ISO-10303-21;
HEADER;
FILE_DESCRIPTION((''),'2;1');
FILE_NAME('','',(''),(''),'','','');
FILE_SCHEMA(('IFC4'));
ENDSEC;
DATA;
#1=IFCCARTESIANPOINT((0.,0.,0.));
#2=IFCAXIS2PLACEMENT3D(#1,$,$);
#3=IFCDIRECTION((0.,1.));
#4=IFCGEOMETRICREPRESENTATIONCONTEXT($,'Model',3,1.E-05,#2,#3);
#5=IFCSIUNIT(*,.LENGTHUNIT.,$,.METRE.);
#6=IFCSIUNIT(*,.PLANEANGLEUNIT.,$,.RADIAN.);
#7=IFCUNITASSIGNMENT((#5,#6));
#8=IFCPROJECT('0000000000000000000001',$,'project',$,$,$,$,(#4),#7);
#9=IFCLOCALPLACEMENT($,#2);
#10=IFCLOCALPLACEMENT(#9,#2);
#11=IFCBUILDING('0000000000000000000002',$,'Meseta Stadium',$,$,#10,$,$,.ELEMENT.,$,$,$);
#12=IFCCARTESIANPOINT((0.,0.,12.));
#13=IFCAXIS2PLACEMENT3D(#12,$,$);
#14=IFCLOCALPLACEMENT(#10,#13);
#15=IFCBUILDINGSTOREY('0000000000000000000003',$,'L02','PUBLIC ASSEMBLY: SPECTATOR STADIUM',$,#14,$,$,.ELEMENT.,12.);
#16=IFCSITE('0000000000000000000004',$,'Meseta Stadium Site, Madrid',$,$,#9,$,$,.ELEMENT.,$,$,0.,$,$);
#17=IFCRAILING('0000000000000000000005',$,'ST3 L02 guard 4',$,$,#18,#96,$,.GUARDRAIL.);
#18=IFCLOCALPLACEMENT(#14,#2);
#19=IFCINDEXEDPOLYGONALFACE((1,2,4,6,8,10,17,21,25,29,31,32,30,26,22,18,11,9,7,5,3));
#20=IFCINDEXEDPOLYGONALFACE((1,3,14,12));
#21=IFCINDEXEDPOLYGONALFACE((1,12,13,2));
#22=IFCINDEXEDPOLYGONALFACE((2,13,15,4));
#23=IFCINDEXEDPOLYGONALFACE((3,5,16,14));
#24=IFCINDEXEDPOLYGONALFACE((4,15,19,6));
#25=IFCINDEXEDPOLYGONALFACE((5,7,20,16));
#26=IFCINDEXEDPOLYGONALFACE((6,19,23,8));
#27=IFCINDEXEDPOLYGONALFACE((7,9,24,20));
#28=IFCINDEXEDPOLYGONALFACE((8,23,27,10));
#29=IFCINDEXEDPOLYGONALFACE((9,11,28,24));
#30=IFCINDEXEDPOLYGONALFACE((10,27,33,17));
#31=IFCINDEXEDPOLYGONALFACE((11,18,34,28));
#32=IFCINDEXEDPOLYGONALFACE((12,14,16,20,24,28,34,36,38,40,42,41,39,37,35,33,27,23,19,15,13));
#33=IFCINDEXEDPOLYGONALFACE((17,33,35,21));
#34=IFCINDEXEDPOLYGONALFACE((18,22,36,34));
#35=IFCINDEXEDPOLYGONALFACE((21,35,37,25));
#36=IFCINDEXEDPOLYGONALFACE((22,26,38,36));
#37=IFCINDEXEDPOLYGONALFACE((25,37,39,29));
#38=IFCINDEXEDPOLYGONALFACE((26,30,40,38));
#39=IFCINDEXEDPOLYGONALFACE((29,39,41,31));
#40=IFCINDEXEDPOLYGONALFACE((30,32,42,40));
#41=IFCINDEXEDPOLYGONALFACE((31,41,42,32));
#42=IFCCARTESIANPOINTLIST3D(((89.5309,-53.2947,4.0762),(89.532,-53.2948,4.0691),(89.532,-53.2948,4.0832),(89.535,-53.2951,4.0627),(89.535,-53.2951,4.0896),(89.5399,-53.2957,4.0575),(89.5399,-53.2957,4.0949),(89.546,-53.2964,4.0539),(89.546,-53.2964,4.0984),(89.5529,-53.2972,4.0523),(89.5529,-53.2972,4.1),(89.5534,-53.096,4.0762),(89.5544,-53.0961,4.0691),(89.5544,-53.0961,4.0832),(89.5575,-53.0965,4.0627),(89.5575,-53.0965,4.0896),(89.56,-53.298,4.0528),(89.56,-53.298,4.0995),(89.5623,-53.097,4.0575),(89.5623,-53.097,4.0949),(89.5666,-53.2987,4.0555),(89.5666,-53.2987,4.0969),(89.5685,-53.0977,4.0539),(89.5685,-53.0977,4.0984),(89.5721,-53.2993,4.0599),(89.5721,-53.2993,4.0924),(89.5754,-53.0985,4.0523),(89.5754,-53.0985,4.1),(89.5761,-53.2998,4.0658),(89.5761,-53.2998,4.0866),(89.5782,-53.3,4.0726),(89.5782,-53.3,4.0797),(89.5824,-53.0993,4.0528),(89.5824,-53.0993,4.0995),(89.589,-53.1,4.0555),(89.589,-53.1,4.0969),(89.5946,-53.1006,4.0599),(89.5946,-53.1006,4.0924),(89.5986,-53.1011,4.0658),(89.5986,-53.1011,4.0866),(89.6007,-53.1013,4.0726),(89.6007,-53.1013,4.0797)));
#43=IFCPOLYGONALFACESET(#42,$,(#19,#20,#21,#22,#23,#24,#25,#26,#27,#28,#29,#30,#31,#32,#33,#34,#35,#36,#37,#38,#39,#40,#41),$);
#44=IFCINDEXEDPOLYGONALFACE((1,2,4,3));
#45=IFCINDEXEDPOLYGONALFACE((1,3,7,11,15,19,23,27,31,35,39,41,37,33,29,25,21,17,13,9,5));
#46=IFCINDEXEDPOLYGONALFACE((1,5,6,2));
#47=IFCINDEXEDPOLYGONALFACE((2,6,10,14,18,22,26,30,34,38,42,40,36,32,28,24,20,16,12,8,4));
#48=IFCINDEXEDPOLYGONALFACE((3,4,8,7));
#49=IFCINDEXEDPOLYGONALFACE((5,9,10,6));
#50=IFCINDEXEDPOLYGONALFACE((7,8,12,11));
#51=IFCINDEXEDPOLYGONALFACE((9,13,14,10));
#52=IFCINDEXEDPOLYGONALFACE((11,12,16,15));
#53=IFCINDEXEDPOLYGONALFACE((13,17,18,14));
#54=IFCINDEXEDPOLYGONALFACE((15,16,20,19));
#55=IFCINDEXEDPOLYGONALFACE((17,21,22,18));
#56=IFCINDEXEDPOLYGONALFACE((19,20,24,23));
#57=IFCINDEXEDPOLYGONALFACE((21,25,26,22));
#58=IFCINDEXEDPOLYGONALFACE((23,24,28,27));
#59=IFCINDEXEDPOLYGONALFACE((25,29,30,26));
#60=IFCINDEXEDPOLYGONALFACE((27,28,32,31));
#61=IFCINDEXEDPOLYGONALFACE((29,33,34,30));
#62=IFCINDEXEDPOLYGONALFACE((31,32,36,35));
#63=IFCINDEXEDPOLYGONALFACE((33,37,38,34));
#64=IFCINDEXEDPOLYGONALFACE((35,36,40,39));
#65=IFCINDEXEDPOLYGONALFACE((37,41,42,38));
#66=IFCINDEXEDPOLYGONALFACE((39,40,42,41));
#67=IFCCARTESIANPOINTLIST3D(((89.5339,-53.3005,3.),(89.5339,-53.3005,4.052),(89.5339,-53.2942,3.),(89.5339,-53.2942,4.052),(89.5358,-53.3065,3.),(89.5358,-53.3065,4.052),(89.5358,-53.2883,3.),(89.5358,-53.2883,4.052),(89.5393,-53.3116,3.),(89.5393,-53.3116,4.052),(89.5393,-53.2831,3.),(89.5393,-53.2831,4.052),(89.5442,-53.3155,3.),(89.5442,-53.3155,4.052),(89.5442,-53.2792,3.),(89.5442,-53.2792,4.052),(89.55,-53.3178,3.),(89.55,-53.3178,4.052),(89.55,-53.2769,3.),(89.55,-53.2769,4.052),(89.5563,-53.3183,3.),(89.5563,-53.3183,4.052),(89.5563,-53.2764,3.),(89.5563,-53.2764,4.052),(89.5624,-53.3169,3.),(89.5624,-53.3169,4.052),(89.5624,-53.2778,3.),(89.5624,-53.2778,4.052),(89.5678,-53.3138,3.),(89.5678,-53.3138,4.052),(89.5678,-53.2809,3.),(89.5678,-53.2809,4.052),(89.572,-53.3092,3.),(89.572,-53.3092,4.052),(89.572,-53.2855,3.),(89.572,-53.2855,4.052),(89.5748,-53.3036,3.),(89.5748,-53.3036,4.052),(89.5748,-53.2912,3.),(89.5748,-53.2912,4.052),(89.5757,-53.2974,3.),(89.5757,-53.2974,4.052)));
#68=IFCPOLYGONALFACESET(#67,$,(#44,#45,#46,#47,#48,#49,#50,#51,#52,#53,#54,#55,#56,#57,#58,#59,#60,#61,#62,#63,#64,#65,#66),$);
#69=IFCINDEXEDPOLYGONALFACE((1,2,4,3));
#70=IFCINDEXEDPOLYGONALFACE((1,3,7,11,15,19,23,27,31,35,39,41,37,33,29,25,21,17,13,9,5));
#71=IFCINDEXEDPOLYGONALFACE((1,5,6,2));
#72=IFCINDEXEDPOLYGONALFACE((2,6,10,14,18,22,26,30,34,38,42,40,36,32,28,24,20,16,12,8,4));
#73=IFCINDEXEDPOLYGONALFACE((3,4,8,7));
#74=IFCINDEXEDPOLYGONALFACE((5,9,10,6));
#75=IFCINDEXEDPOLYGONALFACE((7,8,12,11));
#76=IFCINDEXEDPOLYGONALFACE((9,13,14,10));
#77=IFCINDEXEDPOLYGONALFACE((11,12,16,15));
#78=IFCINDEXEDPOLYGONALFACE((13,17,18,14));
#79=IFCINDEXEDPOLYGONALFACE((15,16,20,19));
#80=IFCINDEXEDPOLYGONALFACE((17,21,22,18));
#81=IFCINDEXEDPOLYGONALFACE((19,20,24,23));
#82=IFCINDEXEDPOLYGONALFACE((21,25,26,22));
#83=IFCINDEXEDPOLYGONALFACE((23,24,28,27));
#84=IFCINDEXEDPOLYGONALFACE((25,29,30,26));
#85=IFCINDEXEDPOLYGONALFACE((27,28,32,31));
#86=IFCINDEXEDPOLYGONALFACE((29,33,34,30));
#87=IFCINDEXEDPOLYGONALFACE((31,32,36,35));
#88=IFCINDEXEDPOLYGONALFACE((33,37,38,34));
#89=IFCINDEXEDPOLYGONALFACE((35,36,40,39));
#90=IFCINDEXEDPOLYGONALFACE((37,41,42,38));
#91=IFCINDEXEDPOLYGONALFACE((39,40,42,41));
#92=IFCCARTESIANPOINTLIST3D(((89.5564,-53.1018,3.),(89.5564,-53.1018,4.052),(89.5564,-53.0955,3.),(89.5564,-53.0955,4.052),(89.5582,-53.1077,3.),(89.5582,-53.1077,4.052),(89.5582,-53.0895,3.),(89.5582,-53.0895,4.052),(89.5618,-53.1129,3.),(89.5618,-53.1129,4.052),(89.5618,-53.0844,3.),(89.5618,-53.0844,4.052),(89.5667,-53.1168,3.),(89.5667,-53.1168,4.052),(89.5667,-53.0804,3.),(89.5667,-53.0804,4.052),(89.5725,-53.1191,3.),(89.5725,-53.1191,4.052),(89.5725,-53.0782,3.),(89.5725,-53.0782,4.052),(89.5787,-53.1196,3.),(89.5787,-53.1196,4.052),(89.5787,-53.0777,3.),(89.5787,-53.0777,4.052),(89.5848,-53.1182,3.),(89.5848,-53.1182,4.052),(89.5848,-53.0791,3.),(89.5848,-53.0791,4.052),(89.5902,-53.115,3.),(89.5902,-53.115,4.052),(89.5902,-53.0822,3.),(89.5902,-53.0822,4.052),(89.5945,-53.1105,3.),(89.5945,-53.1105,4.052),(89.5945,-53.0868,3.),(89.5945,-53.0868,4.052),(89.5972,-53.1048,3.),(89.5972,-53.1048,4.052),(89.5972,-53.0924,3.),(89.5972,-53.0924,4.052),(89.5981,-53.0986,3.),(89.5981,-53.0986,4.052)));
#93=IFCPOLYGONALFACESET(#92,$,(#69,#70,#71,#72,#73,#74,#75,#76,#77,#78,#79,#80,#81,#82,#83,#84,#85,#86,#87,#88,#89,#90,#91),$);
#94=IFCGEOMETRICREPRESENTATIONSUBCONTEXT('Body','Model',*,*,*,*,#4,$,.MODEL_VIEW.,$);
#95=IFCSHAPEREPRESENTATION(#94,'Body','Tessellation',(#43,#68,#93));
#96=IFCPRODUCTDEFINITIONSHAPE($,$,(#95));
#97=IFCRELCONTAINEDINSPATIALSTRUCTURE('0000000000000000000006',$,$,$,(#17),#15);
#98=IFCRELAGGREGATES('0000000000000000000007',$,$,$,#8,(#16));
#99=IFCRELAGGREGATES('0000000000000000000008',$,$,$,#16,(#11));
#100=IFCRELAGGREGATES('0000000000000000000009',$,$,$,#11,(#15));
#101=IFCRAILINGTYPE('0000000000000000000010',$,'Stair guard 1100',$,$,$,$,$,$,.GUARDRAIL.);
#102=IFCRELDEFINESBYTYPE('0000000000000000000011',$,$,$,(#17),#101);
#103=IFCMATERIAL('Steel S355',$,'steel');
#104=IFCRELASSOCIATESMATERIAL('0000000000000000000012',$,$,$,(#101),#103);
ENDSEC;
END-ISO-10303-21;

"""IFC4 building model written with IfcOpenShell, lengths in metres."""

from ifc_helpers import new_model, si_unit, direction, frame, origin, origin_2d, place, context, subcontext, project, spatial, circle, extrude, material, type_object, element, save


model = new_model("IFC4")

# Units and contexts
model_context = context("Model", 3, precision=1e-05, world=origin(), true_north=direction((0.0, 1.0)))
body_context = subcontext(model_context, "Body", "Model", "MODEL_VIEW")
ifc_project = project(units=[si_unit("LENGTHUNIT", "METRE"), si_unit("PLANEANGLEUNIT", "RADIAN")], contexts=[model_context])

# Site, building, storey
site_placement = place(None, origin())
site = spatial("IfcSite", under=ifc_project, at=site_placement, Name="Meseta Stadium Site, Madrid", CompositionType="ELEMENT", RefElevation=0.0)
building_placement = place(site_placement, origin())
building = spatial("IfcBuilding", under=site, at=building_placement, Name="Meseta Stadium", CompositionType="ELEMENT")
storey_placement = place(building_placement, frame((0.0, 0.0, 12.0)))
storey = spatial("IfcBuildingStorey", under=building, at=storey_placement, Name="L02", Description="PUBLIC ASSEMBLY: SPECTATOR STADIUM", CompositionType="ELEMENT", Elevation=12.0)

# Railing
ifc_material_1 = material(Name="Steel S355", Category="steel")
railing_type_1 = type_object("IfcRailingType", Name="Stair guard 1100", PredefinedType="GUARDRAIL", material=ifc_material_1)
railing_1_placement = place(storey_placement, frame((89.5547, -53.2974, 3.0)))
element("IfcRailing", 1, at=railing_1_placement, inside=storey, type_object=railing_type_1, Name="ST3 L02 guard 4", PredefinedType="GUARDRAIL", context=body_context, shape_type="SweptSolid", body=[
    extrude(circle(Radius=0.0239, at=origin_2d()), frame((0.0, 0.0, 1.0762), z_axis=(0.112307, 0.993674, 0.0), x_axis=(-0.993674, 0.112307, 0.0)), (0.0, 0.0, 1.0), 0.2),
    extrude(circle(Radius=0.021, at=origin_2d()), origin(), (0.0, 0.0, 1.0), 1.052),
    extrude(circle(Radius=0.021, at=origin_2d()), frame((0.0225, 0.1987, 0.0)), (0.0, 0.0, 1.0), 1.052),
])

save(model, "model.ifc")
